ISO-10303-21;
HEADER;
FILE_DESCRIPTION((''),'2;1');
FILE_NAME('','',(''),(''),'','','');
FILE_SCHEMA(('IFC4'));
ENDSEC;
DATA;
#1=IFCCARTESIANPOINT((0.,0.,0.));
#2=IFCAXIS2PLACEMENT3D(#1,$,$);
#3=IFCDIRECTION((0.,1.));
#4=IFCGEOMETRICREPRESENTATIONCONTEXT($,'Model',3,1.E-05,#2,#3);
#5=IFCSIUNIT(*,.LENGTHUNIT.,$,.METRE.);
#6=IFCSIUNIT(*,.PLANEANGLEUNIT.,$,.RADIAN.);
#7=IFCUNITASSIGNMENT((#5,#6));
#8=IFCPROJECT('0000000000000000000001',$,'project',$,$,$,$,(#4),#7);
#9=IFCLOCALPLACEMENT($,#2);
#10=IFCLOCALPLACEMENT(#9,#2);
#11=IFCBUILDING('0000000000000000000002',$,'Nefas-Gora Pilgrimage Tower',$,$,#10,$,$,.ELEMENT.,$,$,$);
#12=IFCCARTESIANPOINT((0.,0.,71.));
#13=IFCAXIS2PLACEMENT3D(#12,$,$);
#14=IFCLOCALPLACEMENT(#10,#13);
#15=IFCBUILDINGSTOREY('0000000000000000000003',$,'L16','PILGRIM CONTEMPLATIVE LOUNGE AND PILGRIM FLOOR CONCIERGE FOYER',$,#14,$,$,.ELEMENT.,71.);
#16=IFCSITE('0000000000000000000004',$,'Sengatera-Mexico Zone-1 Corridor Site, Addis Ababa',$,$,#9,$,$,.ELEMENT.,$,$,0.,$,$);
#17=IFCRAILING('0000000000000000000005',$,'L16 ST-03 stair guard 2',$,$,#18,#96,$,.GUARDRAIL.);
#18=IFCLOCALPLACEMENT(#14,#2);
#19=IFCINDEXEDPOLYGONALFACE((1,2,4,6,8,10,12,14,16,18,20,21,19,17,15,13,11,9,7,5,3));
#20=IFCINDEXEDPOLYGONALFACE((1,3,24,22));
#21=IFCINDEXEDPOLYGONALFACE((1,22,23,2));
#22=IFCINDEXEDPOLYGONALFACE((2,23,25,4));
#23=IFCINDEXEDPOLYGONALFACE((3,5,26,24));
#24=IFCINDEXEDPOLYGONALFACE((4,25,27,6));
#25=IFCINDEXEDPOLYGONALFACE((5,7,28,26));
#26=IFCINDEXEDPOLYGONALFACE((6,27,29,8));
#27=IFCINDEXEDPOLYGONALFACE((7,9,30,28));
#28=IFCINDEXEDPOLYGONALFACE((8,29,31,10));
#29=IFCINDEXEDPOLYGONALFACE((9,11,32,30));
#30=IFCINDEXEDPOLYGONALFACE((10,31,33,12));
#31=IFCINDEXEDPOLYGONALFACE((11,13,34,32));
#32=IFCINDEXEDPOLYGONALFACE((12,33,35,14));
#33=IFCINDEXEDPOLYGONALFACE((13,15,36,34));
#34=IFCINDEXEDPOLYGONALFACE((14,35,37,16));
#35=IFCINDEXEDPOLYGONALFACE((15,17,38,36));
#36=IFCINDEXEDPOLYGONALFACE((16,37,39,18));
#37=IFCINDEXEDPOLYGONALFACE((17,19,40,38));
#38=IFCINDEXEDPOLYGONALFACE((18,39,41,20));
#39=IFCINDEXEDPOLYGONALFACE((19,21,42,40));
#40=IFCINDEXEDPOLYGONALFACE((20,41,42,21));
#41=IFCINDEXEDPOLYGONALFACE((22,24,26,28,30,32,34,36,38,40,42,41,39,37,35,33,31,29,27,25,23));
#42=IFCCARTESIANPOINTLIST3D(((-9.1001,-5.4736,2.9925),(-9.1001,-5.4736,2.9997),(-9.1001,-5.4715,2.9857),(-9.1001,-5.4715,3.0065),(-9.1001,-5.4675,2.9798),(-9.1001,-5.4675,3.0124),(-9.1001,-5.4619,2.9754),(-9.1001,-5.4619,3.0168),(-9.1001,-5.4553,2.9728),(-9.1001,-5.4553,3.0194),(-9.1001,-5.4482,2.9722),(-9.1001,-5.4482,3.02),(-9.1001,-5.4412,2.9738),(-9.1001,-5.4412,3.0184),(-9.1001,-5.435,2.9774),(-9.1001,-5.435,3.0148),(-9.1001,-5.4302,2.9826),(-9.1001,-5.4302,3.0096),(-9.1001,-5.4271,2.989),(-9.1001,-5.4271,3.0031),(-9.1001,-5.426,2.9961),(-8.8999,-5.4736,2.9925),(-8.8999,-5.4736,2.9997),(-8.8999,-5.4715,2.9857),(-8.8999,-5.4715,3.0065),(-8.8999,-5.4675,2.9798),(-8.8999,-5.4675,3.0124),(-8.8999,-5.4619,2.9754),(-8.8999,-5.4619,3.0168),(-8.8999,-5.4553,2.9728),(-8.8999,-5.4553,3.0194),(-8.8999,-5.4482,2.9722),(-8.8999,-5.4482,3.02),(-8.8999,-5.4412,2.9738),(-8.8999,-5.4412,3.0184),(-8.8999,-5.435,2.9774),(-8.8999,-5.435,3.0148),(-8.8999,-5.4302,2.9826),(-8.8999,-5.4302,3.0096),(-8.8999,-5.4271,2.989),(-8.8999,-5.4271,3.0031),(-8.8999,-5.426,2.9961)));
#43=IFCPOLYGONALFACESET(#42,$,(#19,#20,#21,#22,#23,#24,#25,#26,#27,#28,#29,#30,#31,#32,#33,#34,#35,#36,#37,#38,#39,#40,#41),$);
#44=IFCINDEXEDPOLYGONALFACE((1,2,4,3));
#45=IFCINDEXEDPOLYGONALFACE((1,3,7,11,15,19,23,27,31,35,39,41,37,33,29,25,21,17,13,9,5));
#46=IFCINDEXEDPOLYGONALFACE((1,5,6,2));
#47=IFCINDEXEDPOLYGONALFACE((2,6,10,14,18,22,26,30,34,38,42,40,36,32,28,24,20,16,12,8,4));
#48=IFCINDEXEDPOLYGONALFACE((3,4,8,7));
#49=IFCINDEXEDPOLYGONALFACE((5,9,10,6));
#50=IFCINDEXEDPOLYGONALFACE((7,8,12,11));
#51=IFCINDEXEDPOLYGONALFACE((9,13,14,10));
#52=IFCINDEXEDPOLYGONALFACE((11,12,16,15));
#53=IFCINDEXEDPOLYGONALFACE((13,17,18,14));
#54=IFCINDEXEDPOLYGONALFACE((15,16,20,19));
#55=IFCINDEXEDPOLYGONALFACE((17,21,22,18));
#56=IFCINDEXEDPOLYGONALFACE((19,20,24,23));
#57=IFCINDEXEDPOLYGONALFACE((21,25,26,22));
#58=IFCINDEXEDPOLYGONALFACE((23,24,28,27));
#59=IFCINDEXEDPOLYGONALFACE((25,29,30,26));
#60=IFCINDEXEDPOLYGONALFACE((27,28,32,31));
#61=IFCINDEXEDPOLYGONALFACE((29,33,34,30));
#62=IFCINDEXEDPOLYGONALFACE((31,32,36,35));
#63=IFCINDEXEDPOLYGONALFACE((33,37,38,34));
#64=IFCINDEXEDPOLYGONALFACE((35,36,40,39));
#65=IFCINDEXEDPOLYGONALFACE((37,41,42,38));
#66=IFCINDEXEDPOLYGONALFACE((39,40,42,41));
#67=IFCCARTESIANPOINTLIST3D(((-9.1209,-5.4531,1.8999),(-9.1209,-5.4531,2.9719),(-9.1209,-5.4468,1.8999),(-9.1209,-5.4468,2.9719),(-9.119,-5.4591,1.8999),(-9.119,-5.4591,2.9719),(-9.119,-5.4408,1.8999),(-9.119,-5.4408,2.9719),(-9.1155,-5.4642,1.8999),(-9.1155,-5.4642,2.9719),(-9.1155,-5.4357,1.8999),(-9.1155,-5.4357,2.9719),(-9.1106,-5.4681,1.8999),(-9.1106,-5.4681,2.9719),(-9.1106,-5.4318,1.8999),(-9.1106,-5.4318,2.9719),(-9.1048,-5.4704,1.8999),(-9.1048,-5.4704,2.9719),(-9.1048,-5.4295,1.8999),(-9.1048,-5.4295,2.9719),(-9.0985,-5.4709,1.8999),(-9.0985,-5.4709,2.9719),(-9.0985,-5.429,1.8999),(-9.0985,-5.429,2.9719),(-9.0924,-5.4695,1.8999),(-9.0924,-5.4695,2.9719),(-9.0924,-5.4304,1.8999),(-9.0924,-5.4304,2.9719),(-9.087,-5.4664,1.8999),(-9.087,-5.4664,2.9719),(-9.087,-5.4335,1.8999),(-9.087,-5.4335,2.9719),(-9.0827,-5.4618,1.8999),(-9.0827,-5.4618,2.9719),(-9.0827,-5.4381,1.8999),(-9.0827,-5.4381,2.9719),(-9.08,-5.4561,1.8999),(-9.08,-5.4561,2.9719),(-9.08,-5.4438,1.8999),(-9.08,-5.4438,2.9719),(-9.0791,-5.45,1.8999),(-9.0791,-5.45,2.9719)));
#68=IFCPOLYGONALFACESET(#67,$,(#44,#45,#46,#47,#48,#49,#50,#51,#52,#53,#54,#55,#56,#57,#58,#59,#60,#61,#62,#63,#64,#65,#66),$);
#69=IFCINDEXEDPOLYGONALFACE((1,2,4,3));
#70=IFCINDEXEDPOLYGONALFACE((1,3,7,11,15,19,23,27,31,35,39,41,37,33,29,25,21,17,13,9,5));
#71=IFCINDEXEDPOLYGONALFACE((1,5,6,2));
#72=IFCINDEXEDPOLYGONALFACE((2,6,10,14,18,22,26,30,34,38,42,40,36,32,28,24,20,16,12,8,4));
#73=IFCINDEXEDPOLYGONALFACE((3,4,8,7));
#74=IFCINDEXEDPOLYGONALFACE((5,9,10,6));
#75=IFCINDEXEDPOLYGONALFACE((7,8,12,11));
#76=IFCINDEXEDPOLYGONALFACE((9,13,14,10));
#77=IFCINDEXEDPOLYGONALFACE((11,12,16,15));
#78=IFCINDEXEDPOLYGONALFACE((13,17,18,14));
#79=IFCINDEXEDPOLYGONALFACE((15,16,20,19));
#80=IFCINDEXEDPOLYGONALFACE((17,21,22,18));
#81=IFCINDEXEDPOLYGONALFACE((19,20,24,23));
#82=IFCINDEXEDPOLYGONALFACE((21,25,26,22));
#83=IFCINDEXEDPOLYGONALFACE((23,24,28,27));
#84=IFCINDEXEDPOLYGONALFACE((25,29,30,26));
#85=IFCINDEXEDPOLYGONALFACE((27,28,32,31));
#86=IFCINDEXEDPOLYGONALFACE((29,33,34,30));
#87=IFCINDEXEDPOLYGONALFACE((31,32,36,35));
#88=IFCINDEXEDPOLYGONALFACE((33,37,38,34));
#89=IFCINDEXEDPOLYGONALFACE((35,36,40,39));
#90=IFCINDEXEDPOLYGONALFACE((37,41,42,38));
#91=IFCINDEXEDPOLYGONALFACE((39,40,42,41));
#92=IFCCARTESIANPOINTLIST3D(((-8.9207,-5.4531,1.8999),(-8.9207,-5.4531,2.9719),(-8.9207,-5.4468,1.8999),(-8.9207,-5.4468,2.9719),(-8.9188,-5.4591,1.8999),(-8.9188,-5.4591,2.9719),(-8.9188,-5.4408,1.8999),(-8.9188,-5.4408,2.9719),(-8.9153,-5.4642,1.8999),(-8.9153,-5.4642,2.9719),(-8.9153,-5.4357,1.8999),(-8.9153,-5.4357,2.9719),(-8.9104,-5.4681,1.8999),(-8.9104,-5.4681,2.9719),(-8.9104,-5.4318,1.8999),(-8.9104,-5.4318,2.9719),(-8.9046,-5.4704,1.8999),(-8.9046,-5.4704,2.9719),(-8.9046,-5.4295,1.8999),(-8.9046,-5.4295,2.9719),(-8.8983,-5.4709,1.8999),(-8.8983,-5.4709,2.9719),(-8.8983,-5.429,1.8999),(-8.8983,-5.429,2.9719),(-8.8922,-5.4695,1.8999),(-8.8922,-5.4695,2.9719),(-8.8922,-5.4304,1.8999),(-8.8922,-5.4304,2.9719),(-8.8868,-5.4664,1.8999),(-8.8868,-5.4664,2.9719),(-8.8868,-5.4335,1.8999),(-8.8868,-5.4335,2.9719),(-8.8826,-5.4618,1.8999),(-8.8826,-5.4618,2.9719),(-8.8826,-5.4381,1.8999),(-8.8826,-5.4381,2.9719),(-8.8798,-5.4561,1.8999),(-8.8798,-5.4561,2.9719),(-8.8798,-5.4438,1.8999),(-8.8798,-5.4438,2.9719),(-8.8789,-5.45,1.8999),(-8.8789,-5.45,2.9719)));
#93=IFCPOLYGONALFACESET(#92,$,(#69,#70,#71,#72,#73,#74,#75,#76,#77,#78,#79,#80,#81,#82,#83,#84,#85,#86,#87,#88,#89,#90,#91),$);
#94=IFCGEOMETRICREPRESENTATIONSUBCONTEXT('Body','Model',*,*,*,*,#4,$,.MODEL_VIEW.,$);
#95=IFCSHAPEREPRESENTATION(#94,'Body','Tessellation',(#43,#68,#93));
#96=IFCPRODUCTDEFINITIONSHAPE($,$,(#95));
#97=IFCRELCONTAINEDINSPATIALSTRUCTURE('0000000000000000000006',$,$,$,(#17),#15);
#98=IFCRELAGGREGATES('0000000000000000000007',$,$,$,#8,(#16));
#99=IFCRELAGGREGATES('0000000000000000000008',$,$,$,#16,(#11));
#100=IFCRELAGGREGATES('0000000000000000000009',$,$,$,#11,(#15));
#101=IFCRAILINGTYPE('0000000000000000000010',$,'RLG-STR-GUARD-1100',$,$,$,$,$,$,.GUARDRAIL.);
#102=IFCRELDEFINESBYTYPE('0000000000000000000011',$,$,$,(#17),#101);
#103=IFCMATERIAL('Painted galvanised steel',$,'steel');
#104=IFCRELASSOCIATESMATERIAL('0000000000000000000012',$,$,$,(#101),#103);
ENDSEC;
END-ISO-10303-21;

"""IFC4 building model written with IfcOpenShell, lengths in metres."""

from ifc_helpers import new_model, si_unit, direction, frame, origin, origin_2d, place, context, subcontext, project, spatial, circle, extrude, material, type_object, element, save


model = new_model("IFC4")

# Units and contexts
model_context = context("Model", 3, precision=1e-05, world=origin(), true_north=direction((0.0, 1.0)))
body_context = subcontext(model_context, "Body", "Model", "MODEL_VIEW")
ifc_project = project(units=[si_unit("LENGTHUNIT", "METRE"), si_unit("PLANEANGLEUNIT", "RADIAN")], contexts=[model_context])

# Site, building, storey
site_placement = place(None, origin())
site = spatial("IfcSite", under=ifc_project, at=site_placement, Name="Sengatera-Mexico Zone-1 Corridor Site, Addis Ababa", CompositionType="ELEMENT", RefElevation=0.0)
building_placement = place(site_placement, origin())
building = spatial("IfcBuilding", under=site, at=building_placement, Name="Nefas-Gora Pilgrimage Tower", CompositionType="ELEMENT")
storey_placement = place(building_placement, frame((0.0, 0.0, 71.0)))
storey = spatial("IfcBuildingStorey", under=building, at=storey_placement, Name="L16", Description="PILGRIM CONTEMPLATIVE LOUNGE AND PILGRIM FLOOR CONCIERGE FOYER", CompositionType="ELEMENT", Elevation=71.0)

# Railing
ifc_material_1 = material(Name="Painted galvanised steel", Category="steel")
railing_type_1 = type_object("IfcRailingType", Name="RLG-STR-GUARD-1100", PredefinedType="GUARDRAIL", material=ifc_material_1)
railing_1_placement = place(storey_placement, frame((-9.1001, -5.45, 1.8999)))
element("IfcRailing", 1, at=railing_1_placement, inside=storey, type_object=railing_type_1, Name="L16 ST-03 stair guard 2", PredefinedType="GUARDRAIL", context=body_context, shape_type="SweptSolid", body=[
    extrude(circle(Radius=0.0239, at=origin_2d()), frame((0.0, 0.0, 1.0962), z_axis=(1.0, 0.0, 0.0), x_axis=(0.0, 1.0, 0.0)), (0.0, 0.0, 1.0), 0.2002),
    extrude(circle(Radius=0.021, at=origin_2d()), origin(), (0.0, 0.0, 1.0), 1.072),
    extrude(circle(Radius=0.021, at=origin_2d()), frame((0.2002, 0.0, 0.0)), (0.0, 0.0, 1.0), 1.072),
])

save(model, "model.ifc")
